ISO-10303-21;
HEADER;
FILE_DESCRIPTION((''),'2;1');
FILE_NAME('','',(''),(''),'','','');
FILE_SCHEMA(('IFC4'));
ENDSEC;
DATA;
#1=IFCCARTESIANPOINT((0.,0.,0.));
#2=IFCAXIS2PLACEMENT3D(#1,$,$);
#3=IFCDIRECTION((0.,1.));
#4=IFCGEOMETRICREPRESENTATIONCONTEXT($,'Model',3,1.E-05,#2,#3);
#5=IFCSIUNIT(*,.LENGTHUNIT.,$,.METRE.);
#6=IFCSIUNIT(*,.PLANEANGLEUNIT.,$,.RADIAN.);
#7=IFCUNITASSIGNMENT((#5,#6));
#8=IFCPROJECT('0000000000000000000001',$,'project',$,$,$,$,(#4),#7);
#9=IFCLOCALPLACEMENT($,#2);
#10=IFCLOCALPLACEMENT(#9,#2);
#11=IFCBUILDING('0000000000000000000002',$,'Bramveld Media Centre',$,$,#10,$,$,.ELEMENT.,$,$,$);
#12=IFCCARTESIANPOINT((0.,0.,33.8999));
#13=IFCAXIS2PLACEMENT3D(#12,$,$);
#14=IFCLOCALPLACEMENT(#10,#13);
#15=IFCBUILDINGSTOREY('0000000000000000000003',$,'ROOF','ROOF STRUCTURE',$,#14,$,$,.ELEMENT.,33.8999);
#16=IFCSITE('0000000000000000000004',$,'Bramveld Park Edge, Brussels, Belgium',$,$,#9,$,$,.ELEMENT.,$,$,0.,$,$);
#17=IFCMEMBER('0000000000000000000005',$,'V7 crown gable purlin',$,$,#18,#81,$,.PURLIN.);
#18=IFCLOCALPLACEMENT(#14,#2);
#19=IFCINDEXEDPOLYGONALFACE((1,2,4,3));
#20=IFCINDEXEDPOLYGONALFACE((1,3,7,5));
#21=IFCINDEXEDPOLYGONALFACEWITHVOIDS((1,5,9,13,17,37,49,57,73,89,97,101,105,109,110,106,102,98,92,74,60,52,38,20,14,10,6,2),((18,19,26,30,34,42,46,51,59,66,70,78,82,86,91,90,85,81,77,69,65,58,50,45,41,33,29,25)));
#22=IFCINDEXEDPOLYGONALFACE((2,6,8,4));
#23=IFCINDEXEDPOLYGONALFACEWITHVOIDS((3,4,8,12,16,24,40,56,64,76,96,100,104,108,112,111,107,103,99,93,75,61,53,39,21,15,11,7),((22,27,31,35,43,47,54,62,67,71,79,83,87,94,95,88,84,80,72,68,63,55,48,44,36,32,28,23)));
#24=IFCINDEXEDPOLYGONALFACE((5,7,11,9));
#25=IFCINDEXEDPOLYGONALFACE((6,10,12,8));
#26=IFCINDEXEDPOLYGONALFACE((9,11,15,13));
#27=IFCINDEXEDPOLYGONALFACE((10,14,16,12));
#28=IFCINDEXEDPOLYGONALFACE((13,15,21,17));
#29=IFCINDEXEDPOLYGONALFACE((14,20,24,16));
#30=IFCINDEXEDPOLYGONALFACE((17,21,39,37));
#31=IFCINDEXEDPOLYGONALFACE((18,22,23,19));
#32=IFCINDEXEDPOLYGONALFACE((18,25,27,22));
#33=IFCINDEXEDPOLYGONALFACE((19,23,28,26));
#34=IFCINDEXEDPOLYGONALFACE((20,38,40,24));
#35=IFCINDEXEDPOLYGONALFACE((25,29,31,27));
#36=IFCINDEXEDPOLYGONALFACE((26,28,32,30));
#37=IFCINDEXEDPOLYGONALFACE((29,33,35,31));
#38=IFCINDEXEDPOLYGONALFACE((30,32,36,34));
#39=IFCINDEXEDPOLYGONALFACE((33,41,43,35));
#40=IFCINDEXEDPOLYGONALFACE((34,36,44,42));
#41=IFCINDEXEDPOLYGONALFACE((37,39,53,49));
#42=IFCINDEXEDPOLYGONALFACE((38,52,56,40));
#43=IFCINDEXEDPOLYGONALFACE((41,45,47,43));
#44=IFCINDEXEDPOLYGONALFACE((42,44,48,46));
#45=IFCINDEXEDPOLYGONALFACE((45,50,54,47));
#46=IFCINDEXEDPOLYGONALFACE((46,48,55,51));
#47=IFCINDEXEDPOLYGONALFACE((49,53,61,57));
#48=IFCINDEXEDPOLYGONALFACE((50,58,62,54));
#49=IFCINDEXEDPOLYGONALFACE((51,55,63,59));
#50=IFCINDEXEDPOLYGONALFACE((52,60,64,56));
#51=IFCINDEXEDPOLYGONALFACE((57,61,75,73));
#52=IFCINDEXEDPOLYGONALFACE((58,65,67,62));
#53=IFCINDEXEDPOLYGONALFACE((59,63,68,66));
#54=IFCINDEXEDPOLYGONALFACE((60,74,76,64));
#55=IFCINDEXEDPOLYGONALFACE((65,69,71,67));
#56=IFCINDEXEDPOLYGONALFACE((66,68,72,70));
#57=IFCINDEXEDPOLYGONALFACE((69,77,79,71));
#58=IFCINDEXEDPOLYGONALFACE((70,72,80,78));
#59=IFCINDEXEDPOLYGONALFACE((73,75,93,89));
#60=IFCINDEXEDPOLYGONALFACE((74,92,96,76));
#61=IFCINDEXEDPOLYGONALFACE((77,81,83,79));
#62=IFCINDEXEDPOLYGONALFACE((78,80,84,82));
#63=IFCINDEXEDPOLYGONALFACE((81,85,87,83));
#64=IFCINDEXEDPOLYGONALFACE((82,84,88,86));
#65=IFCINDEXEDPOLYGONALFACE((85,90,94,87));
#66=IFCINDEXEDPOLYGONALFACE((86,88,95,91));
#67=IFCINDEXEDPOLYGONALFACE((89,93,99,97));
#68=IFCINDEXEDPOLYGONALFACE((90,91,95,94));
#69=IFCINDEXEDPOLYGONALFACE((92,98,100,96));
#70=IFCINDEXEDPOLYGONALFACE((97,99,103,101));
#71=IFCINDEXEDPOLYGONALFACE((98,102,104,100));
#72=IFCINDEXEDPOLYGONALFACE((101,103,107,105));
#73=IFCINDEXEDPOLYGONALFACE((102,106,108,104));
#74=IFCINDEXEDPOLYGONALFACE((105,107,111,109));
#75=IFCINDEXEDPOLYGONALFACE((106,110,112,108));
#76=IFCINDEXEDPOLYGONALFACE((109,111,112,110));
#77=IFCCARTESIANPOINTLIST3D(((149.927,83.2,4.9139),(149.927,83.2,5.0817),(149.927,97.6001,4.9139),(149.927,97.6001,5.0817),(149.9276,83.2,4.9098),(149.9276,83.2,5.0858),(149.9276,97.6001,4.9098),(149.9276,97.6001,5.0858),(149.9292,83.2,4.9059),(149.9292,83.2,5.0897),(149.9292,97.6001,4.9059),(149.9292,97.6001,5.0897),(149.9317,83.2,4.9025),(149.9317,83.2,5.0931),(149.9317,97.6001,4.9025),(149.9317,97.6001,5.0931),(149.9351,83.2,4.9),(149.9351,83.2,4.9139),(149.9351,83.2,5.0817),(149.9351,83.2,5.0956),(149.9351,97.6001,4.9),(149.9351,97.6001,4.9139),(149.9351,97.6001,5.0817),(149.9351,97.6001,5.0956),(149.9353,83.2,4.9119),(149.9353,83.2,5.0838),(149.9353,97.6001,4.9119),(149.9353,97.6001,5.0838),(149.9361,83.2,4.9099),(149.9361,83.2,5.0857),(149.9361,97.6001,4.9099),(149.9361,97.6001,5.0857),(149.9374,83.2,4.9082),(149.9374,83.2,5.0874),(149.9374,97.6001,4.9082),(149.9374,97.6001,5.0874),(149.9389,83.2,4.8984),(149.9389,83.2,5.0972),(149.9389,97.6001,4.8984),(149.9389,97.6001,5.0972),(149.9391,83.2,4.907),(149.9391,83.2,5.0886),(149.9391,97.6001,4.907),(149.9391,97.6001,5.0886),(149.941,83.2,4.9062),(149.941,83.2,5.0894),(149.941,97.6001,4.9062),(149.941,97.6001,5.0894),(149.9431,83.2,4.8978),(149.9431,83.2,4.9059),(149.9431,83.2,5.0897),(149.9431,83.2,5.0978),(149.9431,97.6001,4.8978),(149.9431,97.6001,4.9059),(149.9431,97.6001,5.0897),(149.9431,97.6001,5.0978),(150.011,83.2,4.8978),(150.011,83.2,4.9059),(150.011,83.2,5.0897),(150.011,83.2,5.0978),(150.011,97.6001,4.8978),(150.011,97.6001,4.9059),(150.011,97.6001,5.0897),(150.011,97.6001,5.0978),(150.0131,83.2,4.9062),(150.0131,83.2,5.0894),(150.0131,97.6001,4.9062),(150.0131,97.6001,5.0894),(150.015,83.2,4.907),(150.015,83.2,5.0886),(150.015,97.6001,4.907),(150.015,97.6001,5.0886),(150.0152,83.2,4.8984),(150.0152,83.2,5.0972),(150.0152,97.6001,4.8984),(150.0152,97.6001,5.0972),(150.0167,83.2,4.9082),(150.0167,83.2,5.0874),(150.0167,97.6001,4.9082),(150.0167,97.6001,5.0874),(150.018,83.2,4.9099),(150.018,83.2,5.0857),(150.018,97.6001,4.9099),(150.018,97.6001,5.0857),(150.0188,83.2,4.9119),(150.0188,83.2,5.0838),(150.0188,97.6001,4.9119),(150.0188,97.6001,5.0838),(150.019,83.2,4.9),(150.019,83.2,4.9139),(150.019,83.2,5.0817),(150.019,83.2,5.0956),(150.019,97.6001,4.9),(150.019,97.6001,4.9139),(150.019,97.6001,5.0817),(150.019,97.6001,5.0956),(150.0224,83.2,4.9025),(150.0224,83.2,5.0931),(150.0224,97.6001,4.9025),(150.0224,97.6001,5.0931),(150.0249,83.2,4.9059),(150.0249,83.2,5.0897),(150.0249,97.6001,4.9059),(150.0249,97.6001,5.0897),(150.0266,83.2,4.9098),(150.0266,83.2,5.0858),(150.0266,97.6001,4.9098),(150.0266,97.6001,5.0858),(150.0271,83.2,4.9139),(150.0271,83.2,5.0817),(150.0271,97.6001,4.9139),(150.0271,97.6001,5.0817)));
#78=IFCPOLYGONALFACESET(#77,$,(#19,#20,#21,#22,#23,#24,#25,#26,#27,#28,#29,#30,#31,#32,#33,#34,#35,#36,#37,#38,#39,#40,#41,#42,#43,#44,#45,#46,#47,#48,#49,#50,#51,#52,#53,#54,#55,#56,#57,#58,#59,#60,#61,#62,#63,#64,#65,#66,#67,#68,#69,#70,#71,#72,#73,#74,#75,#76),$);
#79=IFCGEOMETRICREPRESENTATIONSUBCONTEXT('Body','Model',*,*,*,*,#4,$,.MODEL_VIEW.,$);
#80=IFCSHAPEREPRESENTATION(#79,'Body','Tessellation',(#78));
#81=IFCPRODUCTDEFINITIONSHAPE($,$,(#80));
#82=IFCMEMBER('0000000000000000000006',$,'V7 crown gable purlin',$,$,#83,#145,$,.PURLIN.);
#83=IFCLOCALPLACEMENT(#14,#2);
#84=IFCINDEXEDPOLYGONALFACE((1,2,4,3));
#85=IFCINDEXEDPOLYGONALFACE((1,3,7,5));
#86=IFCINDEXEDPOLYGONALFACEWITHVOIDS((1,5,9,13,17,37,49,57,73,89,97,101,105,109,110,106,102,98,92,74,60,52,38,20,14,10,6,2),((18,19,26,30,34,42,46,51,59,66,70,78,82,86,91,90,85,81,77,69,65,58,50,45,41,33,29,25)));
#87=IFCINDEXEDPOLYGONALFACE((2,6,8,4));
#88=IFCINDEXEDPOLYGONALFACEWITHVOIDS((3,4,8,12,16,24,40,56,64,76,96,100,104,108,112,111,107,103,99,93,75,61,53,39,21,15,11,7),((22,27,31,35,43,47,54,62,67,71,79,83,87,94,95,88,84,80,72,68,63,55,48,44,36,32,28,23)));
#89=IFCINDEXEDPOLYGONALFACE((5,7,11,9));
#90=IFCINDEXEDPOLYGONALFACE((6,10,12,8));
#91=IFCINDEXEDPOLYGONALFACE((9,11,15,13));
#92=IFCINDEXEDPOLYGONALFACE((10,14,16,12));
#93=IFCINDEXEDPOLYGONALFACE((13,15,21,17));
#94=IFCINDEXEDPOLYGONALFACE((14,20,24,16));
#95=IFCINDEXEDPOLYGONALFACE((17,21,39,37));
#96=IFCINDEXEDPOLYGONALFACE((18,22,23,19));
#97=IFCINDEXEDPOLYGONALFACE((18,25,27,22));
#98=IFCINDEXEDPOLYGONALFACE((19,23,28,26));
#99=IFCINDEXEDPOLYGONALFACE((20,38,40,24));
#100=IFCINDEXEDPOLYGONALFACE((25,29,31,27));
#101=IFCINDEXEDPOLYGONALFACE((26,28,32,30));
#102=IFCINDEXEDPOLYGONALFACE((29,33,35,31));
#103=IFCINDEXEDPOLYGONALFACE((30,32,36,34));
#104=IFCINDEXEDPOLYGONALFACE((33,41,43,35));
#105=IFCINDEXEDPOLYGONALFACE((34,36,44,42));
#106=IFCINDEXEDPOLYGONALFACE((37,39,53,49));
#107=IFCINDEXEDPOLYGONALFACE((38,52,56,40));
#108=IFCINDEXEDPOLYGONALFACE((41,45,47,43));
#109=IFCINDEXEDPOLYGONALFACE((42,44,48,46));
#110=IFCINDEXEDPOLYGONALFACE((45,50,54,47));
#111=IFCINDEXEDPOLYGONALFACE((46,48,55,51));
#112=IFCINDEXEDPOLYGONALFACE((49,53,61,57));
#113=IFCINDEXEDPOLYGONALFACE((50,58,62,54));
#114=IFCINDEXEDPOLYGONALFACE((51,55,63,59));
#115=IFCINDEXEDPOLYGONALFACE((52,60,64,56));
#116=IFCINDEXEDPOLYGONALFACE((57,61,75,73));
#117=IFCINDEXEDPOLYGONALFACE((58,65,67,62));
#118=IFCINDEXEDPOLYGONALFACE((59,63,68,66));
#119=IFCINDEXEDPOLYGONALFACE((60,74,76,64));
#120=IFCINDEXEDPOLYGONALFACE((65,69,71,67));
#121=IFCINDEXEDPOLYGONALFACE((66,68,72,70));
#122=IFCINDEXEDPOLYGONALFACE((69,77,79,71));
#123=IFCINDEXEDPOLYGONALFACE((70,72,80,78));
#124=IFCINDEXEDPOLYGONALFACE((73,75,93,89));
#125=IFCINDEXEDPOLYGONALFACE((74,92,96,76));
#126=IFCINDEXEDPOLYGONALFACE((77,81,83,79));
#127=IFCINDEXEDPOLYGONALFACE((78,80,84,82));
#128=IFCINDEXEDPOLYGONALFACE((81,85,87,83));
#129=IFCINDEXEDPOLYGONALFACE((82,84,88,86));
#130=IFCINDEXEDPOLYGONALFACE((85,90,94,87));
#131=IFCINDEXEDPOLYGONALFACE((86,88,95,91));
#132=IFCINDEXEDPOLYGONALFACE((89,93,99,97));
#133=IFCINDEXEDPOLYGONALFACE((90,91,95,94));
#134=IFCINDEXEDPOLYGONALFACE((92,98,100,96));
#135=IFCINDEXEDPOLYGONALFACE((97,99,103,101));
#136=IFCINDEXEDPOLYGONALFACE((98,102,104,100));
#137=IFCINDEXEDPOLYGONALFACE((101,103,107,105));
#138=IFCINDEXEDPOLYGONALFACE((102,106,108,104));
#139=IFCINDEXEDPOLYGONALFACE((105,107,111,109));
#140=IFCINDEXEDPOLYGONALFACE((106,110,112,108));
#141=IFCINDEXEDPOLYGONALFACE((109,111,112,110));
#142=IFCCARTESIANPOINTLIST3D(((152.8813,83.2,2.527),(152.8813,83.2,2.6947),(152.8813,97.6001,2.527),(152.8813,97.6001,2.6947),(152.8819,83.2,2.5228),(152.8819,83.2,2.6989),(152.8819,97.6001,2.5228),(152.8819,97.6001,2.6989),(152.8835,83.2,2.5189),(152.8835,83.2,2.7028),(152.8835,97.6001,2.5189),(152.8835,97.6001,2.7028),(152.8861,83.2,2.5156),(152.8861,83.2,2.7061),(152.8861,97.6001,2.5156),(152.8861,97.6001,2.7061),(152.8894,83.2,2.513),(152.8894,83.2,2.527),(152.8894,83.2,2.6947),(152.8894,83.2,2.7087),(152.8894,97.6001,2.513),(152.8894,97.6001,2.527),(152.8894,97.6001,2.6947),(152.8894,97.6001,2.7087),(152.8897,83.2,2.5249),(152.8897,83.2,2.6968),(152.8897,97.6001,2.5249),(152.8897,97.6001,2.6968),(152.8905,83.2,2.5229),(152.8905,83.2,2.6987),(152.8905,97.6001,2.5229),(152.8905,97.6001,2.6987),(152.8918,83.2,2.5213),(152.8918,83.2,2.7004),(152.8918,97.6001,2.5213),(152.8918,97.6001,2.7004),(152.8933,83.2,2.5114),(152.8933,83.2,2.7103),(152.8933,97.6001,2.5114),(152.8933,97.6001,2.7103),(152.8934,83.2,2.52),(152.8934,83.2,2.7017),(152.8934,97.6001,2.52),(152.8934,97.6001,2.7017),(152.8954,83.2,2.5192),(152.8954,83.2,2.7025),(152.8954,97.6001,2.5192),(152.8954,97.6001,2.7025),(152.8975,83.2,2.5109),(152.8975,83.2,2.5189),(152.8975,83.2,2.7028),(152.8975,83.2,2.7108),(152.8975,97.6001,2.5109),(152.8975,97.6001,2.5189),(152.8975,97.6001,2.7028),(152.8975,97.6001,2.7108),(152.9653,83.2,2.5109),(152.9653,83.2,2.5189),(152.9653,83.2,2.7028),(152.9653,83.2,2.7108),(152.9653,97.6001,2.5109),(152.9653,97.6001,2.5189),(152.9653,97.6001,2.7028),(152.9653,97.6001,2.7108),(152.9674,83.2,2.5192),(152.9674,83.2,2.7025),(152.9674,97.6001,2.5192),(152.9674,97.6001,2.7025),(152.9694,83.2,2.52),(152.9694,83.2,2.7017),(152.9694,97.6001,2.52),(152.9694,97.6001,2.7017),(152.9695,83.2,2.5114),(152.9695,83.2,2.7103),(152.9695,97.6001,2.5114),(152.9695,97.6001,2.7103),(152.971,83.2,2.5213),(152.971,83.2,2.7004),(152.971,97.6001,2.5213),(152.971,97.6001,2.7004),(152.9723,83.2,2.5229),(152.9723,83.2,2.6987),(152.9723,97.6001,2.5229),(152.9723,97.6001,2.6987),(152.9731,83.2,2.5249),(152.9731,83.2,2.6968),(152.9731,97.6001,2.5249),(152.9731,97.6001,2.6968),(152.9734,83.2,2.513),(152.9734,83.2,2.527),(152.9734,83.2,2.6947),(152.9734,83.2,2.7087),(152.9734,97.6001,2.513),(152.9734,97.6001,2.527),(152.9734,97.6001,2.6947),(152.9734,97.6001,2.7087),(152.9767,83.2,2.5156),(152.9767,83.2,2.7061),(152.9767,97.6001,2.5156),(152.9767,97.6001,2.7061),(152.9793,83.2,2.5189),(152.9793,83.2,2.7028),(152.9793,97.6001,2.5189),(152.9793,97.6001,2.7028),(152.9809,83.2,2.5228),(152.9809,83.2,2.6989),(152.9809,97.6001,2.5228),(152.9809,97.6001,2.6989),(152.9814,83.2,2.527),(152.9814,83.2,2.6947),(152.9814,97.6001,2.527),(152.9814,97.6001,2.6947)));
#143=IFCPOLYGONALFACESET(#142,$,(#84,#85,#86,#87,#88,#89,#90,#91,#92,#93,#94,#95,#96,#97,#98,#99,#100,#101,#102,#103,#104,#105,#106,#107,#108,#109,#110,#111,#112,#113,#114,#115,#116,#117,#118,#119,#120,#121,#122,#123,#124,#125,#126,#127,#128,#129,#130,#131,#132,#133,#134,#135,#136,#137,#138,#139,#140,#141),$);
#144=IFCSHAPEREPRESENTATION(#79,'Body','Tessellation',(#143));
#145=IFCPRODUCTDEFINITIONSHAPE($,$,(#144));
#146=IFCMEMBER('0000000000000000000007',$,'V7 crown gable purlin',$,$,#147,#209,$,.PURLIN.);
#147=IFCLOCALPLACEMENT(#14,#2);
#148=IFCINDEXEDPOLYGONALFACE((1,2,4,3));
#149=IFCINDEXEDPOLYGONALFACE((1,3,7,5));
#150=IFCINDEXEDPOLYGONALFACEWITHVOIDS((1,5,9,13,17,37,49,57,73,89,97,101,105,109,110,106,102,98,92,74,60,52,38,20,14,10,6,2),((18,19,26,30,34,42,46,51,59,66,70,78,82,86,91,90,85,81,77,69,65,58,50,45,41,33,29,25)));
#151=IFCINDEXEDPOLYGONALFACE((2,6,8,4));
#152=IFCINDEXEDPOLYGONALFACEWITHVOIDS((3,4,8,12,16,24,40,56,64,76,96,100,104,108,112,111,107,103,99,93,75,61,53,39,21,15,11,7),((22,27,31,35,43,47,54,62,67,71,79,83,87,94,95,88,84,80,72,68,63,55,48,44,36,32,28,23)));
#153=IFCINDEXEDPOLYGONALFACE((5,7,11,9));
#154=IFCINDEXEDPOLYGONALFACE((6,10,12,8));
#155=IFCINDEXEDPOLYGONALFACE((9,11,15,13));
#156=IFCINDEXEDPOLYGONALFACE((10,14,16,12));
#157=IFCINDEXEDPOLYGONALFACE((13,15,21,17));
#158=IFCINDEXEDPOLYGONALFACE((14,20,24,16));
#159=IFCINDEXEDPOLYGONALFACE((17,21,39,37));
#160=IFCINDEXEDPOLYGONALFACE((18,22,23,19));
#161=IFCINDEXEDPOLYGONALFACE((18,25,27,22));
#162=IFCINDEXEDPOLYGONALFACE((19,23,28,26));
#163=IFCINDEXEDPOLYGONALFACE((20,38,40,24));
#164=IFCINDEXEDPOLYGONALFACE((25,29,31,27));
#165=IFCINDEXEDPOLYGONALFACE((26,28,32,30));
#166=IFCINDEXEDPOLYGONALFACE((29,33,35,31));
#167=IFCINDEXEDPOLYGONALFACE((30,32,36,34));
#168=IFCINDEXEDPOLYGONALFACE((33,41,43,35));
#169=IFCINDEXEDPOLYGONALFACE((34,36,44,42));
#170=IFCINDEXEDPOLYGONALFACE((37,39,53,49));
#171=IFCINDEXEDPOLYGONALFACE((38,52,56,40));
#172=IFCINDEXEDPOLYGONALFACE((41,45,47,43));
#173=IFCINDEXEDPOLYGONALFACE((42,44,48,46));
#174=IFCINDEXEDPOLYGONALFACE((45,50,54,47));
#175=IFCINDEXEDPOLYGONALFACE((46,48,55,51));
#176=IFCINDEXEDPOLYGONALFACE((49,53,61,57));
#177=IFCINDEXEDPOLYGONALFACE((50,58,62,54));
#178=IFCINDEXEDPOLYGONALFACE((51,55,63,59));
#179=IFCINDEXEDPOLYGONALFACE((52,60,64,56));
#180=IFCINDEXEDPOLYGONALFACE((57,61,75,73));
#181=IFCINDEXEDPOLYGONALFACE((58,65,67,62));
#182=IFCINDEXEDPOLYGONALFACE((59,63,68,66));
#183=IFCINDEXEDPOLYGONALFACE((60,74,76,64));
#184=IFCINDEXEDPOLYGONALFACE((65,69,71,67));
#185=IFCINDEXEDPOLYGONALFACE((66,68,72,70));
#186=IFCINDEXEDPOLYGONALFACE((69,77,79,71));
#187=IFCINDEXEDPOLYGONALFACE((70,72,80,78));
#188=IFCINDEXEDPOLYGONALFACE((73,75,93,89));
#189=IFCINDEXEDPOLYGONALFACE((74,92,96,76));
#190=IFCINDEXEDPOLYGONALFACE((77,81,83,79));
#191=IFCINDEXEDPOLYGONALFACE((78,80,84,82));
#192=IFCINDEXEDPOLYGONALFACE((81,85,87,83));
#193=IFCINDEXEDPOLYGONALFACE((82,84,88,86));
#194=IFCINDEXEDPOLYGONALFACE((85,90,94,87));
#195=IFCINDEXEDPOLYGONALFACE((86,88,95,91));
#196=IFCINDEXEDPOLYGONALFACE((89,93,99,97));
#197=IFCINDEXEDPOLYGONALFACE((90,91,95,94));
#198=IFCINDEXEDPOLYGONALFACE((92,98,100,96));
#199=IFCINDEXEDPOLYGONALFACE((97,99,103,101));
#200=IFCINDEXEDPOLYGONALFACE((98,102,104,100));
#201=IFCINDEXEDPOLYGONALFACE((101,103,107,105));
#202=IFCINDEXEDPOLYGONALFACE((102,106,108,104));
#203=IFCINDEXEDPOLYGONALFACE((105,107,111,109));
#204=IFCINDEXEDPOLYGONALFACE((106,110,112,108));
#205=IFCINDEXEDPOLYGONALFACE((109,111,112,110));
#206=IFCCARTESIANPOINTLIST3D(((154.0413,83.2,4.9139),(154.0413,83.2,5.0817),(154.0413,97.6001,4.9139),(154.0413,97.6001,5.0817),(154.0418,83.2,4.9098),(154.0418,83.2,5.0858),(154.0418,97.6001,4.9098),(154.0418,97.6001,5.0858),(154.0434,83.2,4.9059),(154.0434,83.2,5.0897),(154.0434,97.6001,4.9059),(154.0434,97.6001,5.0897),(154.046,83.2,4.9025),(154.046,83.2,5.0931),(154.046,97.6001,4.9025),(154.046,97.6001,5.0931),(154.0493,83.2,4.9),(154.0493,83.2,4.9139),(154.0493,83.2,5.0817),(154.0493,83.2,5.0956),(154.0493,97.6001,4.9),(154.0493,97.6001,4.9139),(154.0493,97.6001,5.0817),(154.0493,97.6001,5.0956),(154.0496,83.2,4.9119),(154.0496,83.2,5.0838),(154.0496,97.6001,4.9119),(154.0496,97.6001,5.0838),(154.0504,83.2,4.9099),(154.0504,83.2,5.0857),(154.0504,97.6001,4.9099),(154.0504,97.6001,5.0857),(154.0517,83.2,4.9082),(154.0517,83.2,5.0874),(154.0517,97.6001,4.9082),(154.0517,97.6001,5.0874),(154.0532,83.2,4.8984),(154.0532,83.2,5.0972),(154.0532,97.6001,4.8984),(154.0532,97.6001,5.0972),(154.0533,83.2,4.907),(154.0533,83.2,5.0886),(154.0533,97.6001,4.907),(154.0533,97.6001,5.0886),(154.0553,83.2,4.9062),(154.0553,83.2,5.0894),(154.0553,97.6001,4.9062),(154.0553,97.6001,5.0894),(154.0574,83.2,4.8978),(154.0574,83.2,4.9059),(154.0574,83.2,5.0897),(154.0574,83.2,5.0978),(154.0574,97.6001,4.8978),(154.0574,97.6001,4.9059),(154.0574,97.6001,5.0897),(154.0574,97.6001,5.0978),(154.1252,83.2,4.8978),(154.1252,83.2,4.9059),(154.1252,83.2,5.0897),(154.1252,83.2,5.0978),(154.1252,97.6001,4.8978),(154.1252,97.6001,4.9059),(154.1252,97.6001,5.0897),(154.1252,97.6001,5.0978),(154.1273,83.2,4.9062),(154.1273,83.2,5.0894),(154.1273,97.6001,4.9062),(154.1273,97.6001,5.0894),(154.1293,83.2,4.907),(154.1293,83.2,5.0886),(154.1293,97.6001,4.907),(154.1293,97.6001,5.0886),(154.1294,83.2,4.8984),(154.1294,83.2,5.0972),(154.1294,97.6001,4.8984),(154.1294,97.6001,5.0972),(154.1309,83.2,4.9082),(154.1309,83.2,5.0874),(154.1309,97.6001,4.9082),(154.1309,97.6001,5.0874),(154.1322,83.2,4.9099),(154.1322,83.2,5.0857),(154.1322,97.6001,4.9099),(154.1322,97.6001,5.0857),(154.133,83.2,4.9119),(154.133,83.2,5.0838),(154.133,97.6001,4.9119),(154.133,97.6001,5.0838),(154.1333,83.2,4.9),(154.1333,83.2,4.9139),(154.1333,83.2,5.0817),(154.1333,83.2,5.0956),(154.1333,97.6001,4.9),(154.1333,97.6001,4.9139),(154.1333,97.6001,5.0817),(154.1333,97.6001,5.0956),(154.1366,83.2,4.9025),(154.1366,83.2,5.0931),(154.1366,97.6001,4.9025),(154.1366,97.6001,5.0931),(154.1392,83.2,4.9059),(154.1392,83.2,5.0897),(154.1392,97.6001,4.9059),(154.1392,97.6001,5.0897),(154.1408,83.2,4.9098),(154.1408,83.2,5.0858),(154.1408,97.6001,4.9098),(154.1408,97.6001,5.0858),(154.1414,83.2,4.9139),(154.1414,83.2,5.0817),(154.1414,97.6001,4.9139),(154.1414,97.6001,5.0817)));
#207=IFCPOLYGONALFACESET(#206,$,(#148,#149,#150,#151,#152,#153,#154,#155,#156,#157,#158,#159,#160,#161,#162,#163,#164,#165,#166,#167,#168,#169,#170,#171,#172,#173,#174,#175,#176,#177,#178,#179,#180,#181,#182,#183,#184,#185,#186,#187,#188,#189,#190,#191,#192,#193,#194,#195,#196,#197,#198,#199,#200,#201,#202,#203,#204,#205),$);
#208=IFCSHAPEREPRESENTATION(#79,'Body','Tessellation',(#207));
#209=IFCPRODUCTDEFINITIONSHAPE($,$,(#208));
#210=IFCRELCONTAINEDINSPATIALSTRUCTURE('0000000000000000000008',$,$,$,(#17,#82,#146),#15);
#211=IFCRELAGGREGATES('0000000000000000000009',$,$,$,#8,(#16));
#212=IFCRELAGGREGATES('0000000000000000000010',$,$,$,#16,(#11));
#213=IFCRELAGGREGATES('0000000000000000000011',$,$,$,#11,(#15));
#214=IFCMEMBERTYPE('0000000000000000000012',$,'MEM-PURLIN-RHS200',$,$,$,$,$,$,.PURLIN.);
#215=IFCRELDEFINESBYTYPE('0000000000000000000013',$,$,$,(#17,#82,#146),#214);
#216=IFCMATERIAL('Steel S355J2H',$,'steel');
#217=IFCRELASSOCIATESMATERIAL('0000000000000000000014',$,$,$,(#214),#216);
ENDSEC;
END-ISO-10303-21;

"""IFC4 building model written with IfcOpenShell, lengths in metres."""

from ifc_helpers import new_model, si_unit, direction, frame, origin, origin_2d, place, context, subcontext, project, spatial, hollow_rectangle, extrude, material, material_profile, profile_set, type_object, element, save


model = new_model("IFC4")

# Units and contexts
model_context = context("Model", 3, precision=1e-05, world=origin(), true_north=direction((0.0, 1.0)))
body_context = subcontext(model_context, "Body", "Model", "MODEL_VIEW")
ifc_project = project(units=[si_unit("LENGTHUNIT", "METRE"), si_unit("PLANEANGLEUNIT", "RADIAN")], contexts=[model_context])

# Site, building, storey
site_placement = place(None, origin())
site = spatial("IfcSite", under=ifc_project, at=site_placement, Name="Bramveld Park Edge, Brussels, Belgium", CompositionType="ELEMENT", RefElevation=0.0)
building_placement = place(site_placement, origin())
building = spatial("IfcBuilding", under=site, at=building_placement, Name="Bramveld Media Centre", CompositionType="ELEMENT")
storey_placement = place(building_placement, frame((0.0, 0.0, 33.8999)))
storey = spatial("IfcBuildingStorey", under=building, at=storey_placement, Name="ROOF", Description="ROOF STRUCTURE", CompositionType="ELEMENT", Elevation=33.8999)

# Members
ifc_material_1 = material(Name="Steel S355J2H", Category="steel")
ifc_material_profile_1 = material_profile(ifc_material_1, hollow_rectangle(XDim=0.1001, YDim=0.2, WallThickness=0.0081, InnerFilletRadius=0.0081, OuterFilletRadius=0.0161, at=origin_2d()), Name="RHS 200x100x8")
ifc_profile_set_1 = profile_set([ifc_material_profile_1], Name="Steel S355J2H")
member_type_1 = type_object("IfcMemberType", Name="MEM-PURLIN-RHS200", PredefinedType="PURLIN", material=ifc_profile_set_1)
for number, where, z_axis, x_axis, name in (
    (1, (149.9771, 83.2, 4.9978), (0.0, 1.0, 0.0), (-1.0, 0.0, 0.0), "V7 crown gable purlin"),
    (2, (152.9314, 83.2, 2.6108), (0.0, 1.0, 0.0), (-1.0, 0.0, 0.0), "V7 crown gable purlin"),
    (3, (154.0913, 83.2, 4.9978), (0.0, 1.0, 0.0), (-1.0, 0.0, 0.0), "V7 crown gable purlin"),
):
    element("IfcMember", number, at=place(storey_placement, frame(where, z_axis=z_axis, x_axis=x_axis)), inside=storey, type_object=member_type_1, Name=name, PredefinedType="PURLIN", context=body_context, shape_type="SweptSolid", body=[
        extrude(hollow_rectangle(XDim=0.1001, YDim=0.2, WallThickness=0.0081, InnerFilletRadius=0.0081, OuterFilletRadius=0.0161, at=origin_2d()), origin(), (0.0, 0.0, 1.0), 14.4001),
    ])

save(model, "model.ifc")
